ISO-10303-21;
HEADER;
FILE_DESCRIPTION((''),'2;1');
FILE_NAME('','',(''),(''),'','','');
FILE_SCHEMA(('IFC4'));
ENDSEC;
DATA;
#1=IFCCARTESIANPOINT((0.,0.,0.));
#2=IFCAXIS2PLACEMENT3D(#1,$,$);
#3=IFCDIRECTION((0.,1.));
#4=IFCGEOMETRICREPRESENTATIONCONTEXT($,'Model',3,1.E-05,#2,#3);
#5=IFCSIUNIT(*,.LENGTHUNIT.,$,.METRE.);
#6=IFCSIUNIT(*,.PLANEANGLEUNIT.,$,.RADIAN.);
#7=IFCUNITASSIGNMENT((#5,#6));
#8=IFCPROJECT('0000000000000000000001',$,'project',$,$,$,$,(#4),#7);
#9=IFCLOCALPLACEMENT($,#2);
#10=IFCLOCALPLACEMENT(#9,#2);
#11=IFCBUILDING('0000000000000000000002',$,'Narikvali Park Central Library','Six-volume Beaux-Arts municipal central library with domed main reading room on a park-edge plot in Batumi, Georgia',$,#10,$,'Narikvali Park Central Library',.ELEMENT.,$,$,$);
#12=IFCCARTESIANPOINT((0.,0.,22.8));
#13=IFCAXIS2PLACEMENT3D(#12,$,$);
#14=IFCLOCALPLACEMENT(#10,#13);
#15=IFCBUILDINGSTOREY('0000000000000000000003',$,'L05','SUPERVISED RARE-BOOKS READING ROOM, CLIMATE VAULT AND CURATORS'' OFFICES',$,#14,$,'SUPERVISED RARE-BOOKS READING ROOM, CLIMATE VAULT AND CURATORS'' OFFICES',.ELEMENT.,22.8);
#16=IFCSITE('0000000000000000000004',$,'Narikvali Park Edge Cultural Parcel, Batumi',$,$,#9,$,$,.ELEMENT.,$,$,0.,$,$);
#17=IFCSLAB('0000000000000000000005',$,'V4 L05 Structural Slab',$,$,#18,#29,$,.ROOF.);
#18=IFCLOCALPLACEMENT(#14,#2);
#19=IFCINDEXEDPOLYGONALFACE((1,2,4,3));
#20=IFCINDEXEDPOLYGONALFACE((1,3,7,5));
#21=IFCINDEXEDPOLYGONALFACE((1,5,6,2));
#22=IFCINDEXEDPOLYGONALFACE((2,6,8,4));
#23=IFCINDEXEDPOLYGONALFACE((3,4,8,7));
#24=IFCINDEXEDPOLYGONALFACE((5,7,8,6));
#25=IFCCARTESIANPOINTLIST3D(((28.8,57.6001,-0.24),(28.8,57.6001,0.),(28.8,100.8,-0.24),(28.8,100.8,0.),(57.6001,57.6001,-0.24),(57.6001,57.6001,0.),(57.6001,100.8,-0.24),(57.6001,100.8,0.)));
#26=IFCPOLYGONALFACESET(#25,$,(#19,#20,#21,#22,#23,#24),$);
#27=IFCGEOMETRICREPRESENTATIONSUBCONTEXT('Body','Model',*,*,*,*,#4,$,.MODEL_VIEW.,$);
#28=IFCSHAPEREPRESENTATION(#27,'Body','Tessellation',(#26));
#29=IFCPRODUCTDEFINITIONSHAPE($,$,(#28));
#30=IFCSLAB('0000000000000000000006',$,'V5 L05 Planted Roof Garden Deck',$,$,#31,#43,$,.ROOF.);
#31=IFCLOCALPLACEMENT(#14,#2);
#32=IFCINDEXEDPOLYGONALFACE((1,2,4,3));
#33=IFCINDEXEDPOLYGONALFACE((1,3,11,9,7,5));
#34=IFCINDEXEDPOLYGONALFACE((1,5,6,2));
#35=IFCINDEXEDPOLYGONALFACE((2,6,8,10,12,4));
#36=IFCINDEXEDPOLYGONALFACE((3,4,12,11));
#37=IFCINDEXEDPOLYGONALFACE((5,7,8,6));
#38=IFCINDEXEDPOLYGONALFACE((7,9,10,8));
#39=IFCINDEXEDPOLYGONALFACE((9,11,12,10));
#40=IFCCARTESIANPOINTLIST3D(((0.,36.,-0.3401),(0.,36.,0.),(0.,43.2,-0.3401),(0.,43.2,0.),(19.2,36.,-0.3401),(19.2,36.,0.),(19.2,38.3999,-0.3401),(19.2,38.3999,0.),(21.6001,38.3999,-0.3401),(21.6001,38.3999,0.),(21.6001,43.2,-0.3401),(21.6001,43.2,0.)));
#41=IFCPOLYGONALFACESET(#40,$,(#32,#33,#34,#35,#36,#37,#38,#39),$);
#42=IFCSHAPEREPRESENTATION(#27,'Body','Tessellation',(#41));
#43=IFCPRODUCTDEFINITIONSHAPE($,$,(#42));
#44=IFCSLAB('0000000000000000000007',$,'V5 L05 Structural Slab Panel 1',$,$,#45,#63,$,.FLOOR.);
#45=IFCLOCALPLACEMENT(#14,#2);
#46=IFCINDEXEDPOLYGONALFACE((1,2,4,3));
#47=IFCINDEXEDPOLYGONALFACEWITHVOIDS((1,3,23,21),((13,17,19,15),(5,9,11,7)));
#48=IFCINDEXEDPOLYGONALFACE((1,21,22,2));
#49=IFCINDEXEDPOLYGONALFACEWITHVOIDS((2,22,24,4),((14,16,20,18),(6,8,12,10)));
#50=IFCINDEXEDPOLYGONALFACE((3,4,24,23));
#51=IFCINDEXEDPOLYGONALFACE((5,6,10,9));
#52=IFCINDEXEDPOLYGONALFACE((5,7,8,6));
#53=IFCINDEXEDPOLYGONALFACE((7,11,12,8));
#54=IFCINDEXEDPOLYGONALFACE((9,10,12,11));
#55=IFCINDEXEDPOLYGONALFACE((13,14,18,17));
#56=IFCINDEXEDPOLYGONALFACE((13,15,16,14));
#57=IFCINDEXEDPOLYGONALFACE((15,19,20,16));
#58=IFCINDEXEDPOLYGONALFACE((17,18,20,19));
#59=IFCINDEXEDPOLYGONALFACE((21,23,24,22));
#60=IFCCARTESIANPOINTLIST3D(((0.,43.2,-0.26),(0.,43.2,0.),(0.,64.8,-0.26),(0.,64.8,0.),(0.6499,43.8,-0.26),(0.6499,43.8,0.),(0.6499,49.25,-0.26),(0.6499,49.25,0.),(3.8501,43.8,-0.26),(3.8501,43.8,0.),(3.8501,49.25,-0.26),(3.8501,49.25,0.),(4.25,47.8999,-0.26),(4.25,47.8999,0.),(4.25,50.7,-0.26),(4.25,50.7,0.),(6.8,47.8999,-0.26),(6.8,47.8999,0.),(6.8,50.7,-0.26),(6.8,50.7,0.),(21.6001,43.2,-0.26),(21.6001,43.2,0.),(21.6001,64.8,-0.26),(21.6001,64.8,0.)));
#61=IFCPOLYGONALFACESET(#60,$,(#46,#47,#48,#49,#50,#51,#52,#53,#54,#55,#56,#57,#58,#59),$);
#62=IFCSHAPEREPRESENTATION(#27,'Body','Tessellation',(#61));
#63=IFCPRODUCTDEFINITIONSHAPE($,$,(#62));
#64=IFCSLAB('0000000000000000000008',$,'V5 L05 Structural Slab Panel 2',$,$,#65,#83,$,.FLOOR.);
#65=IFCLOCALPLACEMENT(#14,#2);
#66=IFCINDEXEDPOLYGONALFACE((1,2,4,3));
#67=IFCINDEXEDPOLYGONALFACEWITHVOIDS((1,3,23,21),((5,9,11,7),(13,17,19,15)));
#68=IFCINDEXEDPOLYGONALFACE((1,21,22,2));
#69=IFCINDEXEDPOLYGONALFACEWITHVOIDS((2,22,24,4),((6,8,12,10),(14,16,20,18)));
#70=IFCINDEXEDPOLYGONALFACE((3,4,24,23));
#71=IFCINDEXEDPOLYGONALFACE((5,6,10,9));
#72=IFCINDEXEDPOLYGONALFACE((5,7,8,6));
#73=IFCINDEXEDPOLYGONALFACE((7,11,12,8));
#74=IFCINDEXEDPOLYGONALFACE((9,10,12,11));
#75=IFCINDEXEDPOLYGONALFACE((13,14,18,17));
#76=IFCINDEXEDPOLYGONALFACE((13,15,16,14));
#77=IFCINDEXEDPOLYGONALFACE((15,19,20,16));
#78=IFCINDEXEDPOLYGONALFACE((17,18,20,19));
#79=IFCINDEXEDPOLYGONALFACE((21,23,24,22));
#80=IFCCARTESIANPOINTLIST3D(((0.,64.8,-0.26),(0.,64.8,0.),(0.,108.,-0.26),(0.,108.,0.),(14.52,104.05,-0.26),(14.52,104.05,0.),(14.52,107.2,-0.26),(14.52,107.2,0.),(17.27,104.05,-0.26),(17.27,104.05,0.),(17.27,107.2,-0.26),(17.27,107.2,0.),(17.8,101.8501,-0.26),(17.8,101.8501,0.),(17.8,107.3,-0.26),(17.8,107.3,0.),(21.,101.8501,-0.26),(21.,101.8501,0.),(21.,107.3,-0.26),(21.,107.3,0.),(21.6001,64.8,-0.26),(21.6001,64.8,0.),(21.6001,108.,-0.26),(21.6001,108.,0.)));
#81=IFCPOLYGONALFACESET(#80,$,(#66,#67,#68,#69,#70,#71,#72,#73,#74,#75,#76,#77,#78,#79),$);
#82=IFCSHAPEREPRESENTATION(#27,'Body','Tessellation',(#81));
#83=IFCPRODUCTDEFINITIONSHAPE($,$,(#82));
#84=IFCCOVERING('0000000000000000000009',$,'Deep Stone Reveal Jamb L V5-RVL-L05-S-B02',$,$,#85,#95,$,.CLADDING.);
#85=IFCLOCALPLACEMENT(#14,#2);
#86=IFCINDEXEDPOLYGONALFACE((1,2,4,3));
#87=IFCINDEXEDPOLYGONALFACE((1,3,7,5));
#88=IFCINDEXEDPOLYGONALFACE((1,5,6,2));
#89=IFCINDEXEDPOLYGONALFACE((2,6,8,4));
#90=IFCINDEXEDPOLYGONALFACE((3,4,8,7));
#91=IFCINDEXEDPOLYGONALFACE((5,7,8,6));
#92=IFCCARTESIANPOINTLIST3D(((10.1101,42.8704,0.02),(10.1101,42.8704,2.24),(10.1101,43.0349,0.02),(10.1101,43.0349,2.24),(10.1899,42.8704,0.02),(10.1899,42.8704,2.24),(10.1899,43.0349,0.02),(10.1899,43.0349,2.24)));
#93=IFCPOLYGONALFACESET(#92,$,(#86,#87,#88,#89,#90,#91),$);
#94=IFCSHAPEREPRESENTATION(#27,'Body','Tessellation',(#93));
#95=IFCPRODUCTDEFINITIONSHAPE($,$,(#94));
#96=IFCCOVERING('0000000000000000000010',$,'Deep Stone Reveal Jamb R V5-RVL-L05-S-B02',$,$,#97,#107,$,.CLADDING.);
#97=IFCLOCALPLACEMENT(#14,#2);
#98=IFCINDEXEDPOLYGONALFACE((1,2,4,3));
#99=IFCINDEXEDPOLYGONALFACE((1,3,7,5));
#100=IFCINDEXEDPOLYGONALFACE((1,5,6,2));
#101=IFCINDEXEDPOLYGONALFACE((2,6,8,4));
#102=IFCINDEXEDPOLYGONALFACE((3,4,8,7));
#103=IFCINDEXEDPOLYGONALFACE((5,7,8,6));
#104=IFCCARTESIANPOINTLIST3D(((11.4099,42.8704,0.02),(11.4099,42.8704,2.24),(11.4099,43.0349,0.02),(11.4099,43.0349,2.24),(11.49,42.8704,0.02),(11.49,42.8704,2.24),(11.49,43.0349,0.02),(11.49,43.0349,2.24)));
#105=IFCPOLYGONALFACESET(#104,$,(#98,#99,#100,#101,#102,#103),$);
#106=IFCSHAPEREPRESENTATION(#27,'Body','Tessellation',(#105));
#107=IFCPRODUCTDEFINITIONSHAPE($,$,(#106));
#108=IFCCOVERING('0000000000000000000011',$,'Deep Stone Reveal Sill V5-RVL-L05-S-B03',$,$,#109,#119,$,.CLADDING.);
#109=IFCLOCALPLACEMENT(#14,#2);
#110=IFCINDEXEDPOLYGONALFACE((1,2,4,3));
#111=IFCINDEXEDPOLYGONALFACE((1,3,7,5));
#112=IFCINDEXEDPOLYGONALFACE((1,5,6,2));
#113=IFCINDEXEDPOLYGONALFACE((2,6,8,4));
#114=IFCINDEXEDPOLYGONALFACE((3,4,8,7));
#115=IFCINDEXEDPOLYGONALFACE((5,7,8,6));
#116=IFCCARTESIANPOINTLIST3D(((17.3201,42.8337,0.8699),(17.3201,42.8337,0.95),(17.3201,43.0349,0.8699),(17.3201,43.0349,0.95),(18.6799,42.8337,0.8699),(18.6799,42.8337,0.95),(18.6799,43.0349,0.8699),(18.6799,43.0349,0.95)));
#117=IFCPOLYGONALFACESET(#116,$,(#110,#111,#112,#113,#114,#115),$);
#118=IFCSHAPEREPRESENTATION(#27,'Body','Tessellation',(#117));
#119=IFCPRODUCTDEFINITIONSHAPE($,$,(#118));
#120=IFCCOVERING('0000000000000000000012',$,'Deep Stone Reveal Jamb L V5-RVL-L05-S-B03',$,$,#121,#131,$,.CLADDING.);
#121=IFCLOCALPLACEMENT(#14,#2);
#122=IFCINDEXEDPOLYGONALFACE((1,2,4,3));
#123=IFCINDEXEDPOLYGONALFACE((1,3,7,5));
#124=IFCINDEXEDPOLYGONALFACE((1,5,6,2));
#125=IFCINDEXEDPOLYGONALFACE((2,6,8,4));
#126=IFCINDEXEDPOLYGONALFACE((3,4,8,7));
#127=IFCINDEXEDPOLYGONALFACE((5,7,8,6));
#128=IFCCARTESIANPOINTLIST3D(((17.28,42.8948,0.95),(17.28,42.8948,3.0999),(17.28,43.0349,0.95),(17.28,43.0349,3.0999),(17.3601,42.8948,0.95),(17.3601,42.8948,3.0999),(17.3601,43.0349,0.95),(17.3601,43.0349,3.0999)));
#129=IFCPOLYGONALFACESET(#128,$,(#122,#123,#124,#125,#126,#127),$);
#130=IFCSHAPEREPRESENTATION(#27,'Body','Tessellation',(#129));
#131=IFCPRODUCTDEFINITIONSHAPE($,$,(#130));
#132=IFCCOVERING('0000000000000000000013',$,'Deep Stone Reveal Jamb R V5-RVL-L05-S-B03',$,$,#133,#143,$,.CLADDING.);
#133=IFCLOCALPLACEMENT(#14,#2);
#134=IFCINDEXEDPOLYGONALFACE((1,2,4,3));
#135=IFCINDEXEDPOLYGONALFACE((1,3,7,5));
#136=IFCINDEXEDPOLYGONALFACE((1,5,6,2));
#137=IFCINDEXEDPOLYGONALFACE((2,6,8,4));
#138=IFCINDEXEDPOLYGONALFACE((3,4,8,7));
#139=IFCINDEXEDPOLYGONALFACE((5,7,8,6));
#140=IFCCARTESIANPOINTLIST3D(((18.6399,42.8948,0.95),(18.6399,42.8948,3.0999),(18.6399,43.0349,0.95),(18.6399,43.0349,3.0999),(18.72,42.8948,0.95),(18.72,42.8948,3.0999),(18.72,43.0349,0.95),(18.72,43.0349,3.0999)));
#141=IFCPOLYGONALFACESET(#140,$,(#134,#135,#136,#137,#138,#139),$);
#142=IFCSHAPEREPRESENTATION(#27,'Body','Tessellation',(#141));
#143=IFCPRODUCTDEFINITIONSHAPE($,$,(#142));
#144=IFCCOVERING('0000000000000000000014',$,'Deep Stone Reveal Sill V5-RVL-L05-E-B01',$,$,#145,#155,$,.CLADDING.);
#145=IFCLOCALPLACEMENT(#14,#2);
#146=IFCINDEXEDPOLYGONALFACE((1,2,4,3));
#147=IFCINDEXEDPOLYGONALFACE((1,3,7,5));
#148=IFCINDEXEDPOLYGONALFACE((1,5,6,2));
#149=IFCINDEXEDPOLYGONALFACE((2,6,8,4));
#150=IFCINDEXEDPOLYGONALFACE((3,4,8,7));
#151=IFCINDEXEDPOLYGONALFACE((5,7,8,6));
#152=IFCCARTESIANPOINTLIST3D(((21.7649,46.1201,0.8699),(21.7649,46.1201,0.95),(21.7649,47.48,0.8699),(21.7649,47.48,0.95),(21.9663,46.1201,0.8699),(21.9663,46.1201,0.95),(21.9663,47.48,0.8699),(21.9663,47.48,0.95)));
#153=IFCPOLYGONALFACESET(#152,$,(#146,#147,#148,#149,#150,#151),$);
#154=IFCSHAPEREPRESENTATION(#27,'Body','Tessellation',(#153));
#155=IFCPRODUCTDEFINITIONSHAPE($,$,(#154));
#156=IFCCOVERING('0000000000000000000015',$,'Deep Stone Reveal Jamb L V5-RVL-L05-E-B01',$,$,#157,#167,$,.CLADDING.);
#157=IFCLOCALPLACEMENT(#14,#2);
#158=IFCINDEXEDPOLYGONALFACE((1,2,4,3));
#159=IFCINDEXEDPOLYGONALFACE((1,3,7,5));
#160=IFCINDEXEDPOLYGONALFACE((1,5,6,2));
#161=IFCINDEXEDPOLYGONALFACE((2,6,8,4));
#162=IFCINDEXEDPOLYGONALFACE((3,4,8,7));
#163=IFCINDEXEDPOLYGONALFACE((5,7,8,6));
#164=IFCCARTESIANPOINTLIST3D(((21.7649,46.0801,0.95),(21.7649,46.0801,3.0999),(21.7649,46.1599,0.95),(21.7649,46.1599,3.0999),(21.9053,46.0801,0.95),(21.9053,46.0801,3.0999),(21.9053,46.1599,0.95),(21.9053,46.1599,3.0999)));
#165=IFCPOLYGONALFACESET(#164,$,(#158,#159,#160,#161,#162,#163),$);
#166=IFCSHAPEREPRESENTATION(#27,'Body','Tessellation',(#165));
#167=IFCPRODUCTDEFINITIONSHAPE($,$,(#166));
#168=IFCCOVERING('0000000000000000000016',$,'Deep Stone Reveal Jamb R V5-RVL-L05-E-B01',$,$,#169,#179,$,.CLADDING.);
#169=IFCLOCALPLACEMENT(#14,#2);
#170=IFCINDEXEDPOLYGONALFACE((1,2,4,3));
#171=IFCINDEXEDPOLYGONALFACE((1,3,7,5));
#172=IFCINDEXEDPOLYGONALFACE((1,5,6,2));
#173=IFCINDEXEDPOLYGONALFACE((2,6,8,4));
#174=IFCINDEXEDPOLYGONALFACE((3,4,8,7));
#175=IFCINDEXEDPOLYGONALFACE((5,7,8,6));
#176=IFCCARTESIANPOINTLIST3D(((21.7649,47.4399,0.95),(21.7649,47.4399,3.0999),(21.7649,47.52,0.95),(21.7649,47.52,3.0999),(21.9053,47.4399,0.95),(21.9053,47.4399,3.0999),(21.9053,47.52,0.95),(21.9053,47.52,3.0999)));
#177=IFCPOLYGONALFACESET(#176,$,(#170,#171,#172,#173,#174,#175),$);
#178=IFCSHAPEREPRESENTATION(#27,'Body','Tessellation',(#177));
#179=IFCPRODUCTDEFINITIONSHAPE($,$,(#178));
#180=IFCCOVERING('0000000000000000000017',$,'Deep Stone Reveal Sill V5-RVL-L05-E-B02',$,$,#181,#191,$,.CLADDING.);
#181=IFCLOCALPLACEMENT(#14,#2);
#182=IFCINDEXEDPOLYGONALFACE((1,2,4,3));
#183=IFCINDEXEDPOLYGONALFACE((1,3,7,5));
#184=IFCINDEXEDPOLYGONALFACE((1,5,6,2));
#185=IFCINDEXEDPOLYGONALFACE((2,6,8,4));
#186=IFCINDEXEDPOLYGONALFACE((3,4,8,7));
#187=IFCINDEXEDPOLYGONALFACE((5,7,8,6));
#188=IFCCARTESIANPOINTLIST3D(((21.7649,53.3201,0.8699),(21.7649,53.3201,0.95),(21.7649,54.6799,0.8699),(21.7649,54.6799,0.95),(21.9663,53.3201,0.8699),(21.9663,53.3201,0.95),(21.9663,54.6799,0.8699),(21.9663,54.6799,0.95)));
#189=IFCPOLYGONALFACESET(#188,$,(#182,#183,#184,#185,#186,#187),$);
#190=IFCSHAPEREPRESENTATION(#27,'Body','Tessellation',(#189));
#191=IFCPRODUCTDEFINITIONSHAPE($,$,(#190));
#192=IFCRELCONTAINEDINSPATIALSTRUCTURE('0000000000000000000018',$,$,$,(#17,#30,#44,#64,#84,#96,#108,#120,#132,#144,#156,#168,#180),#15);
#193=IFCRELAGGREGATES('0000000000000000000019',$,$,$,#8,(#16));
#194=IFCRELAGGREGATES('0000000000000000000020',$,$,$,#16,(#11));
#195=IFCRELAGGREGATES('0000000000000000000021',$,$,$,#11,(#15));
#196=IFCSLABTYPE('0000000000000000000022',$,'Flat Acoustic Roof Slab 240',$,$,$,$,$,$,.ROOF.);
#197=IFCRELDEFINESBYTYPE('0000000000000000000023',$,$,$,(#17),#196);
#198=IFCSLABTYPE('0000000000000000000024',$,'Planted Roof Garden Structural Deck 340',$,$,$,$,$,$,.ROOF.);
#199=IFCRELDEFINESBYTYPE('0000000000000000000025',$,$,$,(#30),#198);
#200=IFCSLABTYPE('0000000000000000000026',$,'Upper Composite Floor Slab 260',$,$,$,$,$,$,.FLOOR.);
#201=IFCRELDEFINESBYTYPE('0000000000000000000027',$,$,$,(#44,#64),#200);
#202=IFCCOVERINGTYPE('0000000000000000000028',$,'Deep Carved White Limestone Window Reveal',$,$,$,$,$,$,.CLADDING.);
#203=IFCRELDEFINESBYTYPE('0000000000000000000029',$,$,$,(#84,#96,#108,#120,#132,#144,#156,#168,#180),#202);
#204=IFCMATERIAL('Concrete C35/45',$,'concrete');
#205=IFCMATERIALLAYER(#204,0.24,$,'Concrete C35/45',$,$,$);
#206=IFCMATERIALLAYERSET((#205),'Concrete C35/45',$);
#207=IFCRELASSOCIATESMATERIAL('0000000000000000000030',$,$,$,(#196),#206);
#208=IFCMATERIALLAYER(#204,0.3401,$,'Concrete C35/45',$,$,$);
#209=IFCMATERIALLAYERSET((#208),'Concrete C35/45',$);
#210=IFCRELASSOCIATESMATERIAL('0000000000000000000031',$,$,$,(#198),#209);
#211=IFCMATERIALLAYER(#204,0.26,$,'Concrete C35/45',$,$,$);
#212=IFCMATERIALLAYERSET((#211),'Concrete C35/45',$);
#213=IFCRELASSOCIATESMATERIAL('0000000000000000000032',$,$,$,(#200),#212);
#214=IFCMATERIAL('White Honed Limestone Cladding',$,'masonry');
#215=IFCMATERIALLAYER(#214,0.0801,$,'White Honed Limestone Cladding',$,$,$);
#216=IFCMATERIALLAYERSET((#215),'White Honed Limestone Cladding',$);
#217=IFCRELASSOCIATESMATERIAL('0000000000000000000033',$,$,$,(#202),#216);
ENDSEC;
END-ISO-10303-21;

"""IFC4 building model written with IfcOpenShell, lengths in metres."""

from ifc_helpers import new_model, si_unit, direction, frame, origin, place, context, subcontext, project, spatial, polyline, outline, extrude, material, layer, layer_set, type_object, element, save


model = new_model("IFC4")

# Units and contexts
model_context = context("Model", 3, precision=1e-05, world=origin(), true_north=direction((0.0, 1.0)))
body_context = subcontext(model_context, "Body", "Model", "MODEL_VIEW")
ifc_project = project(units=[si_unit("LENGTHUNIT", "METRE"), si_unit("PLANEANGLEUNIT", "RADIAN")], contexts=[model_context])

# Site, building, storey
site_placement = place(None, origin())
site = spatial("IfcSite", under=ifc_project, at=site_placement, Name="Narikvali Park Edge Cultural Parcel, Batumi", CompositionType="ELEMENT", RefElevation=0.0)
building_placement = place(site_placement, origin())
building = spatial("IfcBuilding", under=site, at=building_placement, Name="Narikvali Park Central Library", Description="Six-volume Beaux-Arts municipal central library with domed main reading room on a park-edge plot in Batumi, Georgia", LongName="Narikvali Park Central Library", CompositionType="ELEMENT")
storey_placement = place(building_placement, frame((0.0, 0.0, 22.8)))
storey = spatial("IfcBuildingStorey", under=building, at=storey_placement, Name="L05", Description="SUPERVISED RARE-BOOKS READING ROOM, CLIMATE VAULT AND CURATORS' OFFICES", LongName="SUPERVISED RARE-BOOKS READING ROOM, CLIMATE VAULT AND CURATORS' OFFICES", CompositionType="ELEMENT", Elevation=22.8)

# Slabs
ifc_material_1 = material(Name="Concrete C35/45", Category="concrete")
ifc_layer_1 = layer(ifc_material_1, 0.24, Name="Concrete C35/45")
ifc_layer_set_1 = layer_set([ifc_layer_1], Name="Concrete C35/45")
slab_type_1 = type_object("IfcSlabType", Name="Flat Acoustic Roof Slab 240", PredefinedType="ROOF", material=ifc_layer_set_1)
slab_1_placement = place(storey_placement, frame((0.0, 0.0, -0.24)))
element("IfcSlab", 1, at=slab_1_placement, inside=storey, type_object=slab_type_1, Name="V4 L05 Structural Slab", PredefinedType="ROOF", context=body_context, shape_type="SweptSolid", body=[
    extrude(outline(polyline([(28.8, 57.6001), (57.6001, 57.6001), (57.6001, 100.8), (28.8, 100.8), (28.8, 57.6001)])), origin(), (0.0, 0.0, 1.0), 0.24),
])
ifc_layer_2 = layer(ifc_material_1, 0.3401, Name="Concrete C35/45")
ifc_layer_set_2 = layer_set([ifc_layer_2], Name="Concrete C35/45")
slab_type_2 = type_object("IfcSlabType", Name="Planted Roof Garden Structural Deck 340", PredefinedType="ROOF", material=ifc_layer_set_2)
slab_2_placement = place(storey_placement, frame((0.0, 0.0, -0.3401)))
element("IfcSlab", 2, at=slab_2_placement, inside=storey, type_object=slab_type_2, Name="V5 L05 Planted Roof Garden Deck", PredefinedType="ROOF", context=body_context, shape_type="SweptSolid", body=[
    extrude(outline(polyline([(0.0, 36.0), (19.2, 36.0), (19.2, 38.3999), (21.6001, 38.3999), (21.6001, 43.2), (0.0, 43.2), (0.0, 36.0)])), origin(), (0.0, 0.0, 1.0), 0.3401),
])
ifc_layer_3 = layer(ifc_material_1, 0.26, Name="Concrete C35/45")
ifc_layer_set_3 = layer_set([ifc_layer_3], Name="Concrete C35/45")
slab_type_3 = type_object("IfcSlabType", Name="Upper Composite Floor Slab 260", PredefinedType="FLOOR", material=ifc_layer_set_3)
slab_3_placement = place(storey_placement, frame((0.0, 0.0, -0.26)))
element("IfcSlab", 3, at=slab_3_placement, inside=storey, type_object=slab_type_3, Name="V5 L05 Structural Slab Panel 1", PredefinedType="FLOOR", context=body_context, shape_type="SweptSolid", body=[
    extrude(outline(polyline([(0.0, 43.2), (21.6001, 43.2), (21.6001, 64.8), (0.0, 64.8), (0.0, 43.2)]), holes=[polyline([(0.6499, 43.8), (3.8501, 43.8), (3.8501, 49.25), (0.6499, 49.25), (0.6499, 43.8)]), polyline([(4.25, 47.8999), (6.8, 47.8999), (6.8, 50.7), (4.25, 50.7), (4.25, 47.8999)])]), origin(), (0.0, 0.0, 1.0), 0.26),
])
slab_4_placement = place(storey_placement, frame((0.0, 0.0, -0.26)))
element("IfcSlab", 4, at=slab_4_placement, inside=storey, type_object=slab_type_3, Name="V5 L05 Structural Slab Panel 2", PredefinedType="FLOOR", context=body_context, shape_type="SweptSolid", body=[
    extrude(outline(polyline([(0.0, 64.8), (21.6001, 64.8), (21.6001, 108.0), (0.0, 108.0), (0.0, 64.8)]), holes=[polyline([(17.8, 101.8501), (21.0, 101.8501), (21.0, 107.3), (17.8, 107.3), (17.8, 101.8501)]), polyline([(14.52, 104.05), (17.27, 104.05), (17.27, 107.2), (14.52, 107.2), (14.52, 104.05)])]), origin(), (0.0, 0.0, 1.0), 0.26),
])

# Coverings
ifc_material_2 = material(Name="White Honed Limestone Cladding", Category="masonry")
ifc_layer_4 = layer(ifc_material_2, 0.0801, Name="White Honed Limestone Cladding")
ifc_layer_set_4 = layer_set([ifc_layer_4], Name="White Honed Limestone Cladding")
covering_type = type_object("IfcCoveringType", Name="Deep Carved White Limestone Window Reveal", PredefinedType="CLADDING", material=ifc_layer_set_4)
covering_1_placement = place(storey_placement, frame((0.0, 0.0, 0.02)))
element("IfcCovering", 5, at=covering_1_placement, inside=storey, type_object=covering_type, Name="Deep Stone Reveal Jamb L V5-RVL-L05-S-B02", PredefinedType="CLADDING", context=body_context, shape_type="SweptSolid", body=[
    extrude(outline(polyline([(10.1101, 43.0349), (10.1899, 43.0349), (10.1899, 42.8704), (10.1101, 42.8704), (10.1101, 43.0349)])), origin(), (0.0, 0.0, 1.0), 2.22),
])
covering_2_placement = place(storey_placement, frame((0.0, 0.0, 0.02)))
element("IfcCovering", 6, at=covering_2_placement, inside=storey, type_object=covering_type, Name="Deep Stone Reveal Jamb R V5-RVL-L05-S-B02", PredefinedType="CLADDING", context=body_context, shape_type="SweptSolid", body=[
    extrude(outline(polyline([(11.4099, 43.0349), (11.49, 43.0349), (11.49, 42.8704), (11.4099, 42.8704), (11.4099, 43.0349)])), origin(), (0.0, 0.0, 1.0), 2.22),
])
covering_3_placement = place(storey_placement, frame((0.0, 0.0, 0.8699)))
element("IfcCovering", 7, at=covering_3_placement, inside=storey, type_object=covering_type, Name="Deep Stone Reveal Sill V5-RVL-L05-S-B03", PredefinedType="CLADDING", context=body_context, shape_type="SweptSolid", body=[
    extrude(outline(polyline([(17.3201, 43.0349), (18.6799, 43.0349), (18.6799, 42.8337), (17.3201, 42.8337), (17.3201, 43.0349)])), origin(), (0.0, 0.0, 1.0), 0.0801),
])
covering_4_placement = place(storey_placement, frame((0.0, 0.0, 0.95)))
element("IfcCovering", 8, at=covering_4_placement, inside=storey, type_object=covering_type, Name="Deep Stone Reveal Jamb L V5-RVL-L05-S-B03", PredefinedType="CLADDING", context=body_context, shape_type="SweptSolid", body=[
    extrude(outline(polyline([(17.28, 43.0349), (17.3601, 43.0349), (17.3601, 42.8948), (17.28, 42.8948), (17.28, 43.0349)])), origin(), (0.0, 0.0, 1.0), 2.1499),
])
covering_5_placement = place(storey_placement, frame((0.0, 0.0, 0.95)))
element("IfcCovering", 9, at=covering_5_placement, inside=storey, type_object=covering_type, Name="Deep Stone Reveal Jamb R V5-RVL-L05-S-B03", PredefinedType="CLADDING", context=body_context, shape_type="SweptSolid", body=[
    extrude(outline(polyline([(18.6399, 43.0349), (18.72, 43.0349), (18.72, 42.8948), (18.6399, 42.8948), (18.6399, 43.0349)])), origin(), (0.0, 0.0, 1.0), 2.1499),
])
covering_6_placement = place(storey_placement, frame((0.0, 0.0, 0.8699)))
element("IfcCovering", 10, at=covering_6_placement, inside=storey, type_object=covering_type, Name="Deep Stone Reveal Sill V5-RVL-L05-E-B01", PredefinedType="CLADDING", context=body_context, shape_type="SweptSolid", body=[
    extrude(outline(polyline([(21.7649, 46.1201), (21.7649, 47.48), (21.9663, 47.48), (21.9663, 46.1201), (21.7649, 46.1201)])), origin(), (0.0, 0.0, 1.0), 0.0801),
])
covering_7_placement = place(storey_placement, frame((0.0, 0.0, 0.95)))
element("IfcCovering", 11, at=covering_7_placement, inside=storey, type_object=covering_type, Name="Deep Stone Reveal Jamb L V5-RVL-L05-E-B01", PredefinedType="CLADDING", context=body_context, shape_type="SweptSolid", body=[
    extrude(outline(polyline([(21.7649, 46.0801), (21.7649, 46.1599), (21.9053, 46.1599), (21.9053, 46.0801), (21.7649, 46.0801)])), origin(), (0.0, 0.0, 1.0), 2.1499),
])
covering_8_placement = place(storey_placement, frame((0.0, 0.0, 0.95)))
element("IfcCovering", 12, at=covering_8_placement, inside=storey, type_object=covering_type, Name="Deep Stone Reveal Jamb R V5-RVL-L05-E-B01", PredefinedType="CLADDING", context=body_context, shape_type="SweptSolid", body=[
    extrude(outline(polyline([(21.7649, 47.4399), (21.7649, 47.52), (21.9053, 47.52), (21.9053, 47.4399), (21.7649, 47.4399)])), origin(), (0.0, 0.0, 1.0), 2.1499),
])
covering_9_placement = place(storey_placement, frame((0.0, 0.0, 0.8699)))
element("IfcCovering", 13, at=covering_9_placement, inside=storey, type_object=covering_type, Name="Deep Stone Reveal Sill V5-RVL-L05-E-B02", PredefinedType="CLADDING", context=body_context, shape_type="SweptSolid", body=[
    extrude(outline(polyline([(21.7649, 53.3201), (21.7649, 54.6799), (21.9663, 54.6799), (21.9663, 53.3201), (21.7649, 53.3201)])), origin(), (0.0, 0.0, 1.0), 0.0801),
])

save(model, "model.ifc")
